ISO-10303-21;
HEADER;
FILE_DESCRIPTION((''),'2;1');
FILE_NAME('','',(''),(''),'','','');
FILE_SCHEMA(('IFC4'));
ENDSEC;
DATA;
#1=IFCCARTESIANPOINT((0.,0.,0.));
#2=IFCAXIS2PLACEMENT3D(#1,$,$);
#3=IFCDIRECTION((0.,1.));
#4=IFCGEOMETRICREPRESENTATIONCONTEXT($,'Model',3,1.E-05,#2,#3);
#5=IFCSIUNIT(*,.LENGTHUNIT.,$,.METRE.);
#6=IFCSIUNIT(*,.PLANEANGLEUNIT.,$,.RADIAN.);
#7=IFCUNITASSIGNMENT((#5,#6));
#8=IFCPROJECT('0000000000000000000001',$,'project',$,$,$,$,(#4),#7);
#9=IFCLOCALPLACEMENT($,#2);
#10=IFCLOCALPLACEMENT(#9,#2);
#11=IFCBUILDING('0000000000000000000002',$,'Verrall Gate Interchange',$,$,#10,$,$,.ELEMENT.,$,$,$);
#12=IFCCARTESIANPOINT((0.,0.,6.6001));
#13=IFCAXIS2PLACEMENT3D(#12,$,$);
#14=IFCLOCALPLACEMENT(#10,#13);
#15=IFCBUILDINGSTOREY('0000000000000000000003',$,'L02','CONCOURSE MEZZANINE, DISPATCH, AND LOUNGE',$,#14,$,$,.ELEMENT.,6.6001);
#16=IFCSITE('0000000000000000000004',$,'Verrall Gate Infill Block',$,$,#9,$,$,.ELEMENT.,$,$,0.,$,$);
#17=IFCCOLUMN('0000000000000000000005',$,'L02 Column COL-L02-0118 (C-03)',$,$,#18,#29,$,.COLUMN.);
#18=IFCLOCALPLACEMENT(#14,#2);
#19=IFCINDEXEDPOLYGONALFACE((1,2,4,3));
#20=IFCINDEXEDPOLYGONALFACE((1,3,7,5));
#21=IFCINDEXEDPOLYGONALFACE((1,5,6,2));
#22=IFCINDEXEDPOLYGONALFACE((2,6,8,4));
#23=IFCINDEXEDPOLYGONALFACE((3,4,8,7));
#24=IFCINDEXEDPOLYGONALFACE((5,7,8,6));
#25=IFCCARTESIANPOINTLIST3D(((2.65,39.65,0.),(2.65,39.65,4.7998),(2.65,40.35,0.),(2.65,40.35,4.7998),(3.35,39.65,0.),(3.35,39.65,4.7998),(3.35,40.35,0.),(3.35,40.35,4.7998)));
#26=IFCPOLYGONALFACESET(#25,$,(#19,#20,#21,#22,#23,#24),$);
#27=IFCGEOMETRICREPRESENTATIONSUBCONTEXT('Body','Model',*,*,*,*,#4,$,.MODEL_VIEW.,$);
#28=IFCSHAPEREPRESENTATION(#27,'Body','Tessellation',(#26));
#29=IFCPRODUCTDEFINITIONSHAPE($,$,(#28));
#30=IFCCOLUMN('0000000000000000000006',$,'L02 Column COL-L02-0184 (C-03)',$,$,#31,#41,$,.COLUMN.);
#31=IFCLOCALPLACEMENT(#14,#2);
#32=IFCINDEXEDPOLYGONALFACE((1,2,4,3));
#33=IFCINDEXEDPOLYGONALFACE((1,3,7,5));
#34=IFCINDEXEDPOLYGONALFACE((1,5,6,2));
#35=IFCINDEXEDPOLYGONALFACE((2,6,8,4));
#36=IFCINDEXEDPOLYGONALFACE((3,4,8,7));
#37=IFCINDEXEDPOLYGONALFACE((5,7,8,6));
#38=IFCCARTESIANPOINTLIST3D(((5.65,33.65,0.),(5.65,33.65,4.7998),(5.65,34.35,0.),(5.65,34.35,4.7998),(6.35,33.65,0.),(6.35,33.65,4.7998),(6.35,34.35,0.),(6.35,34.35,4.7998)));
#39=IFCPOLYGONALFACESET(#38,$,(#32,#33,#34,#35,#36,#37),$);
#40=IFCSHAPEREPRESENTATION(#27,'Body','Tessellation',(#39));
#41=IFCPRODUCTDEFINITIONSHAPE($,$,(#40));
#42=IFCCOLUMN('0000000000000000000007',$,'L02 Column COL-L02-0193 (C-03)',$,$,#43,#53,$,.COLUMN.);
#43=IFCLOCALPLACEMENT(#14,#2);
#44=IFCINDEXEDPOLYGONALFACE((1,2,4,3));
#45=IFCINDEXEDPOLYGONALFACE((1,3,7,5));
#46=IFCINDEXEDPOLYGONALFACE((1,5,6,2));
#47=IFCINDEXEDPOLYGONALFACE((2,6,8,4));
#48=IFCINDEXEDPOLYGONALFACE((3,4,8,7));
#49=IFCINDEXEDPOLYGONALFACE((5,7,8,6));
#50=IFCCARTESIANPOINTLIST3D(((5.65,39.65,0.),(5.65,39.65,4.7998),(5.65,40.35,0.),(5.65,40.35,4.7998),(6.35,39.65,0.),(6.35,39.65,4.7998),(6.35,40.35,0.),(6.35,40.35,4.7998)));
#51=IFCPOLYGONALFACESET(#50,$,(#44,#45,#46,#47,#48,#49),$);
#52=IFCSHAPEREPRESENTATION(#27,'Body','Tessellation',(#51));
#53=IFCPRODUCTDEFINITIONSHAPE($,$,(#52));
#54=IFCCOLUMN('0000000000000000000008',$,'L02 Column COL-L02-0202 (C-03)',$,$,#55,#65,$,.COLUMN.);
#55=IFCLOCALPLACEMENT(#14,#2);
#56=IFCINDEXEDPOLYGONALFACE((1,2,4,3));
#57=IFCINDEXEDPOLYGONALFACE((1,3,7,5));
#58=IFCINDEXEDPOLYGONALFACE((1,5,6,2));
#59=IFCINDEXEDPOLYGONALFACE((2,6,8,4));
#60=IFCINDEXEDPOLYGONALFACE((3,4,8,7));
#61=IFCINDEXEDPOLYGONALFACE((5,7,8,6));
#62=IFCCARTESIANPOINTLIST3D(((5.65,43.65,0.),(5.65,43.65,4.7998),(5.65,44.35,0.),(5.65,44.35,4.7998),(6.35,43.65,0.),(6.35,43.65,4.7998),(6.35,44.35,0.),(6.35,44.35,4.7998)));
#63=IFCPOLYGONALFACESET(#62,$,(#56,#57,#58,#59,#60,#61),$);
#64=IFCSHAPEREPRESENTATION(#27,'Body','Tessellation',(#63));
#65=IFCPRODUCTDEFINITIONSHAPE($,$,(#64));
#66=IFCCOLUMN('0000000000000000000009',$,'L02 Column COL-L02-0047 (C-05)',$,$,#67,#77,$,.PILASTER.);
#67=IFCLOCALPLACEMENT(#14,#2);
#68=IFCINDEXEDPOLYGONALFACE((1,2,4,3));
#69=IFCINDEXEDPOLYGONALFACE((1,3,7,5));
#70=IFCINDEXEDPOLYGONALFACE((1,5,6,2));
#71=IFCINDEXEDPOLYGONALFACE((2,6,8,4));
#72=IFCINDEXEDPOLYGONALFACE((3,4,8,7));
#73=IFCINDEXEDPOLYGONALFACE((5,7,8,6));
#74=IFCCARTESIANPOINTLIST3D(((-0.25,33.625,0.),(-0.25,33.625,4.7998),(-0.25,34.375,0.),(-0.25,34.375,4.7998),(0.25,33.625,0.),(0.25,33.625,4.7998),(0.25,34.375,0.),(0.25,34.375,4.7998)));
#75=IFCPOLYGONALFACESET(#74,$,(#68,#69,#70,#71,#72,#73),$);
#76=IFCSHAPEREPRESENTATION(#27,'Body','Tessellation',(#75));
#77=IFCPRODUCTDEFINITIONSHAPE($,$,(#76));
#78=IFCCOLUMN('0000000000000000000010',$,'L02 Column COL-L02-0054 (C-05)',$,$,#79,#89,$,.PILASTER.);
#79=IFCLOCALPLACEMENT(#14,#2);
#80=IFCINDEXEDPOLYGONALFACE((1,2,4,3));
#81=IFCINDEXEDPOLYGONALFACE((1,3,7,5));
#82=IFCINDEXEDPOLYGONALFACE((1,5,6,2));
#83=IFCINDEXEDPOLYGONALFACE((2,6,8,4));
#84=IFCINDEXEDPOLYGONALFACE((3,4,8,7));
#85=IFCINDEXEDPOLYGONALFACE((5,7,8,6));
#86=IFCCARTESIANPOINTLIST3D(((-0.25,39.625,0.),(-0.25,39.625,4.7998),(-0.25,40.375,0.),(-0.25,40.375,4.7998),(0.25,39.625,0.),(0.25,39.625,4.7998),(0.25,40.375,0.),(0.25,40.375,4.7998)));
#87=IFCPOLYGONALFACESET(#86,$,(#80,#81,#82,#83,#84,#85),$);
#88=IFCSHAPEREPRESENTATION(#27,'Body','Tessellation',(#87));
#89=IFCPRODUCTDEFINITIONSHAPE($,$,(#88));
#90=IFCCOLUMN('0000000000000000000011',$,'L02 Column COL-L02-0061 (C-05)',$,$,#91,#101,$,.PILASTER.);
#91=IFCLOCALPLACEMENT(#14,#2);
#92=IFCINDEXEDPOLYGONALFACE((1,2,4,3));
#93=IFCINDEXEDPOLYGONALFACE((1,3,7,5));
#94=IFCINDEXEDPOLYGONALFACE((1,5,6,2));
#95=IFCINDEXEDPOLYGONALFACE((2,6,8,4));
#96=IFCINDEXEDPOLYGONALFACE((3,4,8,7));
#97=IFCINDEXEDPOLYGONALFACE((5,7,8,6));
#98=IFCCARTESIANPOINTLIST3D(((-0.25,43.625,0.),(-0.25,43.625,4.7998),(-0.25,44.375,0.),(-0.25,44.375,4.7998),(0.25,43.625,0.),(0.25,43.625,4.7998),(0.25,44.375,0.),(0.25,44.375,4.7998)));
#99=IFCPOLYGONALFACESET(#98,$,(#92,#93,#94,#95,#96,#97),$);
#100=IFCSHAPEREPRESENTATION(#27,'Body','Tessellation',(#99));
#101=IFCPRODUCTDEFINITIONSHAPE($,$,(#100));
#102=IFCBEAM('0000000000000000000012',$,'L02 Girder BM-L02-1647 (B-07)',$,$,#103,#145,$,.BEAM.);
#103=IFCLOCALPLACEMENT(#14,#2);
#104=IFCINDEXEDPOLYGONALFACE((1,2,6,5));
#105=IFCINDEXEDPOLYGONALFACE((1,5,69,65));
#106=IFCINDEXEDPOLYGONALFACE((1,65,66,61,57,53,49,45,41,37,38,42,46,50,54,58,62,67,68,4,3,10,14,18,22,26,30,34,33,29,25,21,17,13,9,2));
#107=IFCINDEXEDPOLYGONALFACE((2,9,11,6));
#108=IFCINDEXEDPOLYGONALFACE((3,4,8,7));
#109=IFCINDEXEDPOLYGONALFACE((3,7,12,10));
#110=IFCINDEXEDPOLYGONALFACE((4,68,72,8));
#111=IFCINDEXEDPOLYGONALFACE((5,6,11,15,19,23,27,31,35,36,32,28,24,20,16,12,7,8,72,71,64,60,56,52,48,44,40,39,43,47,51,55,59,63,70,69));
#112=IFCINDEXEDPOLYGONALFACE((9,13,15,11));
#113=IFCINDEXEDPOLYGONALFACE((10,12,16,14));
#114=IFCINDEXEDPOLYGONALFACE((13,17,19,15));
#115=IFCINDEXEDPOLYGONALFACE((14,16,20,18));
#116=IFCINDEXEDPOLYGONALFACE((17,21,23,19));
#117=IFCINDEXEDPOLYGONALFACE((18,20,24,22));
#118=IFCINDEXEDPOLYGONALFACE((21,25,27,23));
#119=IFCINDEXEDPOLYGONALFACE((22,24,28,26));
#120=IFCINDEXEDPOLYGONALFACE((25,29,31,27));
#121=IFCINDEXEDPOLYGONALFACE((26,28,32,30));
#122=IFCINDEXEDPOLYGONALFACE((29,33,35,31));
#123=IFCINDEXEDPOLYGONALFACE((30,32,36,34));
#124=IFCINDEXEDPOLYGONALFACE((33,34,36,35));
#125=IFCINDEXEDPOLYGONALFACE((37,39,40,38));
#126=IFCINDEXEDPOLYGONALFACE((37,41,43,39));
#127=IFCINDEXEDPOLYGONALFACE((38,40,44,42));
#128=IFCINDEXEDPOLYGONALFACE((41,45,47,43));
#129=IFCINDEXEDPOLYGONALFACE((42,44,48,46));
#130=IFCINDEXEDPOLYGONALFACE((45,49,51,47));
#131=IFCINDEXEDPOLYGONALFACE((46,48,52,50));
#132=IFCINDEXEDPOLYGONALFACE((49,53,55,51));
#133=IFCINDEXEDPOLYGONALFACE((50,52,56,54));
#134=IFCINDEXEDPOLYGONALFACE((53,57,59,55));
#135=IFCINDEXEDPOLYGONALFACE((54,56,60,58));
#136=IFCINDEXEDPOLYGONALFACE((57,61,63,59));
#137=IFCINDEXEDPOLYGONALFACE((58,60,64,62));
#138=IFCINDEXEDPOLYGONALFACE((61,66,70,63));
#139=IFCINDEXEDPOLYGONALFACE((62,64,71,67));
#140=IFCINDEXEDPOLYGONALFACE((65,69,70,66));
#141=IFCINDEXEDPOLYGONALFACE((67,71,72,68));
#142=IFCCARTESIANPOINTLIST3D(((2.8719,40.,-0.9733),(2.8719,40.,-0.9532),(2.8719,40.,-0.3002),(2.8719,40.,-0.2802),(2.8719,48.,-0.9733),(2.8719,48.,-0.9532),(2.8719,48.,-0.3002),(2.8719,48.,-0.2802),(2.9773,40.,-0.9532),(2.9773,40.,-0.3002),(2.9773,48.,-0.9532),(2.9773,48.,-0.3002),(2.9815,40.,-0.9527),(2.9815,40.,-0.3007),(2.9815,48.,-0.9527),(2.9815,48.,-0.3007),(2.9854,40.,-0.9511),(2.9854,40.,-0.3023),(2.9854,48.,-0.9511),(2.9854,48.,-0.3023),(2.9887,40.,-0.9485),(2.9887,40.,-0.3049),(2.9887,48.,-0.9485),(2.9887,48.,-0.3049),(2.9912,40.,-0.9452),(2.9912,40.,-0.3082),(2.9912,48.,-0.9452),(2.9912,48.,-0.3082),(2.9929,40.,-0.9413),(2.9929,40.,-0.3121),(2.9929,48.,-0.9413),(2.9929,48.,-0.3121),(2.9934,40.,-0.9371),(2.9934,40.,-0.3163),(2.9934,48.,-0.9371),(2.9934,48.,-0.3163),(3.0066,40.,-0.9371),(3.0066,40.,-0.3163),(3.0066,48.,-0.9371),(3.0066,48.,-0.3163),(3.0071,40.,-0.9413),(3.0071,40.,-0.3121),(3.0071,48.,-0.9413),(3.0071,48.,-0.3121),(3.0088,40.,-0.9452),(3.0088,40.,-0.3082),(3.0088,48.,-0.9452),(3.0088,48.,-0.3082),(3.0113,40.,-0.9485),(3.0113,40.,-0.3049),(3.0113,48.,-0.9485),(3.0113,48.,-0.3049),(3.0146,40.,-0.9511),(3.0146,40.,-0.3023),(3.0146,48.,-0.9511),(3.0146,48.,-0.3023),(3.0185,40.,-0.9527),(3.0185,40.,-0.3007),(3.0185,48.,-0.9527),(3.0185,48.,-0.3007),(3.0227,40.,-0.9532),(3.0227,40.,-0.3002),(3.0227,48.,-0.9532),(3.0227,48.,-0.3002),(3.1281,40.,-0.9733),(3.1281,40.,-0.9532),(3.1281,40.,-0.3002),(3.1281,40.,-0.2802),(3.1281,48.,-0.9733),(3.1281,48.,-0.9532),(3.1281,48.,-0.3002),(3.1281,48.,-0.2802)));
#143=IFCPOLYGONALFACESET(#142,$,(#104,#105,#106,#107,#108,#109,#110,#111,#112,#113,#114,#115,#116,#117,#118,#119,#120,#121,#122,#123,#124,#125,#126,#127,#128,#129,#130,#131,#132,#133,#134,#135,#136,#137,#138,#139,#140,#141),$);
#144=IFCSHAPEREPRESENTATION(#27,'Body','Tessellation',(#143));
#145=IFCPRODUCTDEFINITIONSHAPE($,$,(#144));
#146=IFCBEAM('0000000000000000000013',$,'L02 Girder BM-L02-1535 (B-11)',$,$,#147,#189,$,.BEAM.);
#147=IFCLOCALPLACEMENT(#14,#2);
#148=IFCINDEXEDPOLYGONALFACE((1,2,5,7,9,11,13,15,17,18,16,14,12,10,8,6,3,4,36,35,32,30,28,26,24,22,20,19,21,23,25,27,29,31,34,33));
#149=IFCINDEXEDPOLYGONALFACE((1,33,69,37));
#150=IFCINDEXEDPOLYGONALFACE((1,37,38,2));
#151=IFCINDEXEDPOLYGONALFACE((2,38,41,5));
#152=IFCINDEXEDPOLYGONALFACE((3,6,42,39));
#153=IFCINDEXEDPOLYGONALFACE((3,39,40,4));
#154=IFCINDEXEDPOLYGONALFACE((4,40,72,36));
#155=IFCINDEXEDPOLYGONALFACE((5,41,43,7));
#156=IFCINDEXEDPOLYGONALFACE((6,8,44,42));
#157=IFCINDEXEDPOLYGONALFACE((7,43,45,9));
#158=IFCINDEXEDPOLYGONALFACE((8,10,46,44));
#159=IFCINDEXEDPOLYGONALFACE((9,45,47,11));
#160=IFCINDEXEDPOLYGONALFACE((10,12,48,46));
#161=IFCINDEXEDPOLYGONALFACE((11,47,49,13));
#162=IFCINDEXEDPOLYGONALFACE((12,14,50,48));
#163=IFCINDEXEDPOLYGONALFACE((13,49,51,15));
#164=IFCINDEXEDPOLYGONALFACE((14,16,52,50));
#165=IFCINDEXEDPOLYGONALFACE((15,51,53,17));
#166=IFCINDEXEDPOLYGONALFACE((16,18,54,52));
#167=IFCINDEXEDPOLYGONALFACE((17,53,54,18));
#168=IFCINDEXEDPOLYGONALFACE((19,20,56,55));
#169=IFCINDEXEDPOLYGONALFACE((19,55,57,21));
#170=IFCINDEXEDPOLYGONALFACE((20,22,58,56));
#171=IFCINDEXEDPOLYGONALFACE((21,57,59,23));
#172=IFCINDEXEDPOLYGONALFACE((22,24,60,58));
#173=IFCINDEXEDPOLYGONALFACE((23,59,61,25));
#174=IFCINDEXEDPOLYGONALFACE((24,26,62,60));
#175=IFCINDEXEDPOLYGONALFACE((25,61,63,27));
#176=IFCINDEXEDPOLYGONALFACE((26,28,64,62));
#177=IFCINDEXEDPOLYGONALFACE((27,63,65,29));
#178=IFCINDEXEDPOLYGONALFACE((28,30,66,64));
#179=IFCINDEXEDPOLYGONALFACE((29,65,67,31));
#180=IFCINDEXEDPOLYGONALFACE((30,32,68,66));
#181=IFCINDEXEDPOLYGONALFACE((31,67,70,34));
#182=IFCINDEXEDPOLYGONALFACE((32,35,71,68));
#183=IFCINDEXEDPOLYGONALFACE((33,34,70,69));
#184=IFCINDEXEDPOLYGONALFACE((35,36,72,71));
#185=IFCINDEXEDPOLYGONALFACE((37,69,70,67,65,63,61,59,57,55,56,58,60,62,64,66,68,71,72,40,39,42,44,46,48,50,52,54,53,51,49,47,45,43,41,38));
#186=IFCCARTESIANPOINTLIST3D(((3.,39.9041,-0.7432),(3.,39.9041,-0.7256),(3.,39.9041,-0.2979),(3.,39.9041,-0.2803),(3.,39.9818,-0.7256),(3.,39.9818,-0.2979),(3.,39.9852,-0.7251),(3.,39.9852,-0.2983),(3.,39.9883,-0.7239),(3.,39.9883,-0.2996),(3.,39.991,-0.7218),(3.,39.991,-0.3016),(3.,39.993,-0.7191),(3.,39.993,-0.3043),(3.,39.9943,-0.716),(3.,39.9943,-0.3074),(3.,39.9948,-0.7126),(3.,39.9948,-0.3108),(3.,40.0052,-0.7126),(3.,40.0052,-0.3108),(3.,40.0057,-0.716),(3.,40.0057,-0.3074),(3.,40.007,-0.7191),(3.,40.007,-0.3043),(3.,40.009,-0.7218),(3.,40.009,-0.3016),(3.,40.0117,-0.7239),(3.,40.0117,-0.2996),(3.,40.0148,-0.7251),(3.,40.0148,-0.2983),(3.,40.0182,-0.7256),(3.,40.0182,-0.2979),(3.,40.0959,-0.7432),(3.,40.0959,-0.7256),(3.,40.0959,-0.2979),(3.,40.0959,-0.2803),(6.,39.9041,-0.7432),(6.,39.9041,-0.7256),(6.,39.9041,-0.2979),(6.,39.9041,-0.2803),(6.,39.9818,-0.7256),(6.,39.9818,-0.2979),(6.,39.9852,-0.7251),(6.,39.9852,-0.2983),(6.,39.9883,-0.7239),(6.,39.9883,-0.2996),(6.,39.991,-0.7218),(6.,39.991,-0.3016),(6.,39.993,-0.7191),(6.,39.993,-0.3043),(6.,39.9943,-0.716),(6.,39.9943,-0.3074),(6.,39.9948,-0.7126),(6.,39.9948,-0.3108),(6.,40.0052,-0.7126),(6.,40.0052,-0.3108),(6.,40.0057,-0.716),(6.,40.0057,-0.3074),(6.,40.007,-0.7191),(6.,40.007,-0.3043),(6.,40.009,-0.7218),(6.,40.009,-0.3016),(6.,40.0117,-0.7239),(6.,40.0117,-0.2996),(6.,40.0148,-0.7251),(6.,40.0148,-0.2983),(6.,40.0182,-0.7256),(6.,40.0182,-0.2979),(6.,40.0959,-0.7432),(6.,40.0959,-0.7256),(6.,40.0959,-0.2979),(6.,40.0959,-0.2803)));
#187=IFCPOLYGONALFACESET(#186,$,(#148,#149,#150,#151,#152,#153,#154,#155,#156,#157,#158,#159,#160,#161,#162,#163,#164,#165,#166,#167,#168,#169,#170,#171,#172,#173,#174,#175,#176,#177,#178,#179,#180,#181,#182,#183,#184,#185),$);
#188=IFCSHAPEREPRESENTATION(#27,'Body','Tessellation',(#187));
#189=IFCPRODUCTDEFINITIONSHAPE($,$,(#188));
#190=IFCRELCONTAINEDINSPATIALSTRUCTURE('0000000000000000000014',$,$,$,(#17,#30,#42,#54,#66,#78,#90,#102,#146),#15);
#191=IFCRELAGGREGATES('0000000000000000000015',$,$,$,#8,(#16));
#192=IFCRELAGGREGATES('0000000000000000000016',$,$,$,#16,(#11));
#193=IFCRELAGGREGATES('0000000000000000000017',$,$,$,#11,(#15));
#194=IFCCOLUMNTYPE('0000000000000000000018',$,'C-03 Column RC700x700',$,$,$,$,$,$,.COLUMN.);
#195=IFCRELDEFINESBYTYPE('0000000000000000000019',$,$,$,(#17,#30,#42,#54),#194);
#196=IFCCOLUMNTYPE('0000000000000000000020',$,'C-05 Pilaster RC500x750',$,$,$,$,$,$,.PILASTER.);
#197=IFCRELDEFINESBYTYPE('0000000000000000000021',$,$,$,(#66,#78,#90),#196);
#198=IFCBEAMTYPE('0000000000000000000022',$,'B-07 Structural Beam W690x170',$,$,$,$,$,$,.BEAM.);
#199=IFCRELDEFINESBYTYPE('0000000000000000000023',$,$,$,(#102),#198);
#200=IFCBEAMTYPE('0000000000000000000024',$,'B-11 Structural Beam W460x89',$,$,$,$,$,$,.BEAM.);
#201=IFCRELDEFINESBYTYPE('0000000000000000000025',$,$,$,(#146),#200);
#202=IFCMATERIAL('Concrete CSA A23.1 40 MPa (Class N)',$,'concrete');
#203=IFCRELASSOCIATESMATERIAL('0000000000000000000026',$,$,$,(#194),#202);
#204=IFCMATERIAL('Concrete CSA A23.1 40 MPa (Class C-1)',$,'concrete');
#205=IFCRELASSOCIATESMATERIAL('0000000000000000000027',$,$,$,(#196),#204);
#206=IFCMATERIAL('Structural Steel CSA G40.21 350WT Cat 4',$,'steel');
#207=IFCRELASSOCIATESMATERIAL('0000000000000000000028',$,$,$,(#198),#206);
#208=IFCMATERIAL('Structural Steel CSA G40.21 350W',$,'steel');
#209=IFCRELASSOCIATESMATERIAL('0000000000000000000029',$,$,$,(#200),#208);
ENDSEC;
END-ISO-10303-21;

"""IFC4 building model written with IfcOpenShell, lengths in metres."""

from ifc_helpers import new_model, si_unit, direction, frame, origin, origin_2d, place, context, subcontext, project, spatial, rectangle, i_section, extrude, material, material_profile, profile_set, type_object, element, save


model = new_model("IFC4")

# Units and contexts
model_context = context("Model", 3, precision=1e-05, world=origin(), true_north=direction((0.0, 1.0)))
body_context = subcontext(model_context, "Body", "Model", "MODEL_VIEW")
ifc_project = project(units=[si_unit("LENGTHUNIT", "METRE"), si_unit("PLANEANGLEUNIT", "RADIAN")], contexts=[model_context])

# Site, building, storey
site_placement = place(None, origin())
site = spatial("IfcSite", under=ifc_project, at=site_placement, Name="Verrall Gate Infill Block", CompositionType="ELEMENT", RefElevation=0.0)
building_placement = place(site_placement, origin())
building = spatial("IfcBuilding", under=site, at=building_placement, Name="Verrall Gate Interchange", CompositionType="ELEMENT")
storey_placement = place(building_placement, frame((0.0, 0.0, 6.6001)))
storey = spatial("IfcBuildingStorey", under=building, at=storey_placement, Name="L02", Description="CONCOURSE MEZZANINE, DISPATCH, AND LOUNGE", CompositionType="ELEMENT", Elevation=6.6001)

# Columns
ifc_material_1 = material(Name="Concrete CSA A23.1 40 MPa (Class N)", Category="concrete")
ifc_material_profile_1 = material_profile(ifc_material_1, rectangle(XDim=0.7, YDim=0.7, at=origin_2d()), Name="RC700x700")
ifc_profile_set_1 = profile_set([ifc_material_profile_1], Name="Concrete CSA A23.1 40 MPa (Class N)")
column_type_1 = type_object("IfcColumnType", Name="C-03 Column RC700x700", PredefinedType="COLUMN", material=ifc_profile_set_1)
for number, where, z_axis, x_axis, name in (
    (1, (3.0, 40.0, 0.0), (0.0, 0.0, 1.0), (1.0, 0.0, 0.0), "L02 Column COL-L02-0118 (C-03)"),
    (2, (6.0, 34.0, 0.0), (0.0, 0.0, 1.0), (1.0, 0.0, 0.0), "L02 Column COL-L02-0184 (C-03)"),
    (3, (6.0, 40.0, 0.0), (0.0, 0.0, 1.0), (1.0, 0.0, 0.0), "L02 Column COL-L02-0193 (C-03)"),
    (4, (6.0, 44.0, 0.0), (0.0, 0.0, 1.0), (1.0, 0.0, 0.0), "L02 Column COL-L02-0202 (C-03)"),
):
    element("IfcColumn", number, at=place(storey_placement, frame(where, z_axis=z_axis, x_axis=x_axis)), inside=storey, type_object=column_type_1, Name=name, PredefinedType="COLUMN", context=body_context, shape_type="SweptSolid", body=[
        extrude(rectangle(XDim=0.7, YDim=0.7, at=origin_2d()), origin(), (0.0, 0.0, 1.0), 4.7998),
    ])
ifc_material_2 = material(Name="Concrete CSA A23.1 40 MPa (Class C-1)", Category="concrete")
ifc_material_profile_2 = material_profile(ifc_material_2, rectangle(XDim=0.5, YDim=0.75, at=origin_2d()), Name="RC500x750")
ifc_profile_set_2 = profile_set([ifc_material_profile_2], Name="Concrete CSA A23.1 40 MPa (Class C-1)")
column_type_2 = type_object("IfcColumnType", Name="C-05 Pilaster RC500x750", PredefinedType="PILASTER", material=ifc_profile_set_2)
for number, where, z_axis, x_axis, name in (
    (5, (0.0, 34.0, 0.0), (0.0, 0.0, 1.0), (1.0, 0.0, 0.0), "L02 Column COL-L02-0047 (C-05)"),
    (6, (0.0, 40.0, 0.0), (0.0, 0.0, 1.0), (1.0, 0.0, 0.0), "L02 Column COL-L02-0054 (C-05)"),
    (7, (0.0, 44.0, 0.0), (0.0, 0.0, 1.0), (1.0, 0.0, 0.0), "L02 Column COL-L02-0061 (C-05)"),
):
    element("IfcColumn", number, at=place(storey_placement, frame(where, z_axis=z_axis, x_axis=x_axis)), inside=storey, type_object=column_type_2, Name=name, PredefinedType="PILASTER", context=body_context, shape_type="SweptSolid", body=[
        extrude(rectangle(XDim=0.5, YDim=0.75, at=origin_2d()), origin(), (0.0, 0.0, 1.0), 4.7998),
    ])

# Beams
ifc_material_3 = material(Name="Structural Steel CSA G40.21 350WT Cat 4", Category="steel")
ifc_material_profile_3 = material_profile(ifc_material_3, i_section(OverallWidth=0.2561, OverallDepth=0.6931, WebThickness=0.0132, FlangeThickness=0.02, FilletRadius=0.0161, at=origin_2d()), Name="W690x170")
ifc_profile_set_3 = profile_set([ifc_material_profile_3], Name="Structural Steel CSA G40.21 350WT Cat 4")
beam_type_1 = type_object("IfcBeamType", Name="B-07 Structural Beam W690x170", PredefinedType="BEAM", material=ifc_profile_set_3)
beam_1_placement = place(storey_placement, frame((3.0, 40.0, -0.6267), z_axis=(0.0, 1.0, 0.0), x_axis=(-1.0, 0.0, 0.0)))
element("IfcBeam", 8, at=beam_1_placement, inside=storey, type_object=beam_type_1, Name="L02 Girder BM-L02-1647 (B-07)", PredefinedType="BEAM", context=body_context, shape_type="SweptSolid", body=[
    extrude(i_section(OverallWidth=0.2561, OverallDepth=0.6931, WebThickness=0.0132, FlangeThickness=0.02, FilletRadius=0.0161, at=origin_2d()), origin(), (0.0, 0.0, 1.0), 8.0),
])
ifc_material_4 = material(Name="Structural Steel CSA G40.21 350W", Category="steel")
ifc_material_profile_4 = material_profile(ifc_material_4, i_section(OverallWidth=0.1919, OverallDepth=0.4629, WebThickness=0.0105, FlangeThickness=0.0176, FilletRadius=0.0129, at=origin_2d()), Name="W460x89")
ifc_profile_set_4 = profile_set([ifc_material_profile_4], Name="Structural Steel CSA G40.21 350W")
beam_type_2 = type_object("IfcBeamType", Name="B-11 Structural Beam W460x89", PredefinedType="BEAM", material=ifc_profile_set_4)
beam_2_placement = place(storey_placement, frame((3.0, 40.0, -0.5117), z_axis=(1.0, 0.0, 0.0), x_axis=(0.0, 1.0, 0.0)))
element("IfcBeam", 9, at=beam_2_placement, inside=storey, type_object=beam_type_2, Name="L02 Girder BM-L02-1535 (B-11)", PredefinedType="BEAM", context=body_context, shape_type="SweptSolid", body=[
    extrude(i_section(OverallWidth=0.1919, OverallDepth=0.4629, WebThickness=0.0105, FlangeThickness=0.0176, FilletRadius=0.0129, at=origin_2d()), origin(), (0.0, 0.0, 1.0), 3.0),
])

save(model, "model.ifc")
